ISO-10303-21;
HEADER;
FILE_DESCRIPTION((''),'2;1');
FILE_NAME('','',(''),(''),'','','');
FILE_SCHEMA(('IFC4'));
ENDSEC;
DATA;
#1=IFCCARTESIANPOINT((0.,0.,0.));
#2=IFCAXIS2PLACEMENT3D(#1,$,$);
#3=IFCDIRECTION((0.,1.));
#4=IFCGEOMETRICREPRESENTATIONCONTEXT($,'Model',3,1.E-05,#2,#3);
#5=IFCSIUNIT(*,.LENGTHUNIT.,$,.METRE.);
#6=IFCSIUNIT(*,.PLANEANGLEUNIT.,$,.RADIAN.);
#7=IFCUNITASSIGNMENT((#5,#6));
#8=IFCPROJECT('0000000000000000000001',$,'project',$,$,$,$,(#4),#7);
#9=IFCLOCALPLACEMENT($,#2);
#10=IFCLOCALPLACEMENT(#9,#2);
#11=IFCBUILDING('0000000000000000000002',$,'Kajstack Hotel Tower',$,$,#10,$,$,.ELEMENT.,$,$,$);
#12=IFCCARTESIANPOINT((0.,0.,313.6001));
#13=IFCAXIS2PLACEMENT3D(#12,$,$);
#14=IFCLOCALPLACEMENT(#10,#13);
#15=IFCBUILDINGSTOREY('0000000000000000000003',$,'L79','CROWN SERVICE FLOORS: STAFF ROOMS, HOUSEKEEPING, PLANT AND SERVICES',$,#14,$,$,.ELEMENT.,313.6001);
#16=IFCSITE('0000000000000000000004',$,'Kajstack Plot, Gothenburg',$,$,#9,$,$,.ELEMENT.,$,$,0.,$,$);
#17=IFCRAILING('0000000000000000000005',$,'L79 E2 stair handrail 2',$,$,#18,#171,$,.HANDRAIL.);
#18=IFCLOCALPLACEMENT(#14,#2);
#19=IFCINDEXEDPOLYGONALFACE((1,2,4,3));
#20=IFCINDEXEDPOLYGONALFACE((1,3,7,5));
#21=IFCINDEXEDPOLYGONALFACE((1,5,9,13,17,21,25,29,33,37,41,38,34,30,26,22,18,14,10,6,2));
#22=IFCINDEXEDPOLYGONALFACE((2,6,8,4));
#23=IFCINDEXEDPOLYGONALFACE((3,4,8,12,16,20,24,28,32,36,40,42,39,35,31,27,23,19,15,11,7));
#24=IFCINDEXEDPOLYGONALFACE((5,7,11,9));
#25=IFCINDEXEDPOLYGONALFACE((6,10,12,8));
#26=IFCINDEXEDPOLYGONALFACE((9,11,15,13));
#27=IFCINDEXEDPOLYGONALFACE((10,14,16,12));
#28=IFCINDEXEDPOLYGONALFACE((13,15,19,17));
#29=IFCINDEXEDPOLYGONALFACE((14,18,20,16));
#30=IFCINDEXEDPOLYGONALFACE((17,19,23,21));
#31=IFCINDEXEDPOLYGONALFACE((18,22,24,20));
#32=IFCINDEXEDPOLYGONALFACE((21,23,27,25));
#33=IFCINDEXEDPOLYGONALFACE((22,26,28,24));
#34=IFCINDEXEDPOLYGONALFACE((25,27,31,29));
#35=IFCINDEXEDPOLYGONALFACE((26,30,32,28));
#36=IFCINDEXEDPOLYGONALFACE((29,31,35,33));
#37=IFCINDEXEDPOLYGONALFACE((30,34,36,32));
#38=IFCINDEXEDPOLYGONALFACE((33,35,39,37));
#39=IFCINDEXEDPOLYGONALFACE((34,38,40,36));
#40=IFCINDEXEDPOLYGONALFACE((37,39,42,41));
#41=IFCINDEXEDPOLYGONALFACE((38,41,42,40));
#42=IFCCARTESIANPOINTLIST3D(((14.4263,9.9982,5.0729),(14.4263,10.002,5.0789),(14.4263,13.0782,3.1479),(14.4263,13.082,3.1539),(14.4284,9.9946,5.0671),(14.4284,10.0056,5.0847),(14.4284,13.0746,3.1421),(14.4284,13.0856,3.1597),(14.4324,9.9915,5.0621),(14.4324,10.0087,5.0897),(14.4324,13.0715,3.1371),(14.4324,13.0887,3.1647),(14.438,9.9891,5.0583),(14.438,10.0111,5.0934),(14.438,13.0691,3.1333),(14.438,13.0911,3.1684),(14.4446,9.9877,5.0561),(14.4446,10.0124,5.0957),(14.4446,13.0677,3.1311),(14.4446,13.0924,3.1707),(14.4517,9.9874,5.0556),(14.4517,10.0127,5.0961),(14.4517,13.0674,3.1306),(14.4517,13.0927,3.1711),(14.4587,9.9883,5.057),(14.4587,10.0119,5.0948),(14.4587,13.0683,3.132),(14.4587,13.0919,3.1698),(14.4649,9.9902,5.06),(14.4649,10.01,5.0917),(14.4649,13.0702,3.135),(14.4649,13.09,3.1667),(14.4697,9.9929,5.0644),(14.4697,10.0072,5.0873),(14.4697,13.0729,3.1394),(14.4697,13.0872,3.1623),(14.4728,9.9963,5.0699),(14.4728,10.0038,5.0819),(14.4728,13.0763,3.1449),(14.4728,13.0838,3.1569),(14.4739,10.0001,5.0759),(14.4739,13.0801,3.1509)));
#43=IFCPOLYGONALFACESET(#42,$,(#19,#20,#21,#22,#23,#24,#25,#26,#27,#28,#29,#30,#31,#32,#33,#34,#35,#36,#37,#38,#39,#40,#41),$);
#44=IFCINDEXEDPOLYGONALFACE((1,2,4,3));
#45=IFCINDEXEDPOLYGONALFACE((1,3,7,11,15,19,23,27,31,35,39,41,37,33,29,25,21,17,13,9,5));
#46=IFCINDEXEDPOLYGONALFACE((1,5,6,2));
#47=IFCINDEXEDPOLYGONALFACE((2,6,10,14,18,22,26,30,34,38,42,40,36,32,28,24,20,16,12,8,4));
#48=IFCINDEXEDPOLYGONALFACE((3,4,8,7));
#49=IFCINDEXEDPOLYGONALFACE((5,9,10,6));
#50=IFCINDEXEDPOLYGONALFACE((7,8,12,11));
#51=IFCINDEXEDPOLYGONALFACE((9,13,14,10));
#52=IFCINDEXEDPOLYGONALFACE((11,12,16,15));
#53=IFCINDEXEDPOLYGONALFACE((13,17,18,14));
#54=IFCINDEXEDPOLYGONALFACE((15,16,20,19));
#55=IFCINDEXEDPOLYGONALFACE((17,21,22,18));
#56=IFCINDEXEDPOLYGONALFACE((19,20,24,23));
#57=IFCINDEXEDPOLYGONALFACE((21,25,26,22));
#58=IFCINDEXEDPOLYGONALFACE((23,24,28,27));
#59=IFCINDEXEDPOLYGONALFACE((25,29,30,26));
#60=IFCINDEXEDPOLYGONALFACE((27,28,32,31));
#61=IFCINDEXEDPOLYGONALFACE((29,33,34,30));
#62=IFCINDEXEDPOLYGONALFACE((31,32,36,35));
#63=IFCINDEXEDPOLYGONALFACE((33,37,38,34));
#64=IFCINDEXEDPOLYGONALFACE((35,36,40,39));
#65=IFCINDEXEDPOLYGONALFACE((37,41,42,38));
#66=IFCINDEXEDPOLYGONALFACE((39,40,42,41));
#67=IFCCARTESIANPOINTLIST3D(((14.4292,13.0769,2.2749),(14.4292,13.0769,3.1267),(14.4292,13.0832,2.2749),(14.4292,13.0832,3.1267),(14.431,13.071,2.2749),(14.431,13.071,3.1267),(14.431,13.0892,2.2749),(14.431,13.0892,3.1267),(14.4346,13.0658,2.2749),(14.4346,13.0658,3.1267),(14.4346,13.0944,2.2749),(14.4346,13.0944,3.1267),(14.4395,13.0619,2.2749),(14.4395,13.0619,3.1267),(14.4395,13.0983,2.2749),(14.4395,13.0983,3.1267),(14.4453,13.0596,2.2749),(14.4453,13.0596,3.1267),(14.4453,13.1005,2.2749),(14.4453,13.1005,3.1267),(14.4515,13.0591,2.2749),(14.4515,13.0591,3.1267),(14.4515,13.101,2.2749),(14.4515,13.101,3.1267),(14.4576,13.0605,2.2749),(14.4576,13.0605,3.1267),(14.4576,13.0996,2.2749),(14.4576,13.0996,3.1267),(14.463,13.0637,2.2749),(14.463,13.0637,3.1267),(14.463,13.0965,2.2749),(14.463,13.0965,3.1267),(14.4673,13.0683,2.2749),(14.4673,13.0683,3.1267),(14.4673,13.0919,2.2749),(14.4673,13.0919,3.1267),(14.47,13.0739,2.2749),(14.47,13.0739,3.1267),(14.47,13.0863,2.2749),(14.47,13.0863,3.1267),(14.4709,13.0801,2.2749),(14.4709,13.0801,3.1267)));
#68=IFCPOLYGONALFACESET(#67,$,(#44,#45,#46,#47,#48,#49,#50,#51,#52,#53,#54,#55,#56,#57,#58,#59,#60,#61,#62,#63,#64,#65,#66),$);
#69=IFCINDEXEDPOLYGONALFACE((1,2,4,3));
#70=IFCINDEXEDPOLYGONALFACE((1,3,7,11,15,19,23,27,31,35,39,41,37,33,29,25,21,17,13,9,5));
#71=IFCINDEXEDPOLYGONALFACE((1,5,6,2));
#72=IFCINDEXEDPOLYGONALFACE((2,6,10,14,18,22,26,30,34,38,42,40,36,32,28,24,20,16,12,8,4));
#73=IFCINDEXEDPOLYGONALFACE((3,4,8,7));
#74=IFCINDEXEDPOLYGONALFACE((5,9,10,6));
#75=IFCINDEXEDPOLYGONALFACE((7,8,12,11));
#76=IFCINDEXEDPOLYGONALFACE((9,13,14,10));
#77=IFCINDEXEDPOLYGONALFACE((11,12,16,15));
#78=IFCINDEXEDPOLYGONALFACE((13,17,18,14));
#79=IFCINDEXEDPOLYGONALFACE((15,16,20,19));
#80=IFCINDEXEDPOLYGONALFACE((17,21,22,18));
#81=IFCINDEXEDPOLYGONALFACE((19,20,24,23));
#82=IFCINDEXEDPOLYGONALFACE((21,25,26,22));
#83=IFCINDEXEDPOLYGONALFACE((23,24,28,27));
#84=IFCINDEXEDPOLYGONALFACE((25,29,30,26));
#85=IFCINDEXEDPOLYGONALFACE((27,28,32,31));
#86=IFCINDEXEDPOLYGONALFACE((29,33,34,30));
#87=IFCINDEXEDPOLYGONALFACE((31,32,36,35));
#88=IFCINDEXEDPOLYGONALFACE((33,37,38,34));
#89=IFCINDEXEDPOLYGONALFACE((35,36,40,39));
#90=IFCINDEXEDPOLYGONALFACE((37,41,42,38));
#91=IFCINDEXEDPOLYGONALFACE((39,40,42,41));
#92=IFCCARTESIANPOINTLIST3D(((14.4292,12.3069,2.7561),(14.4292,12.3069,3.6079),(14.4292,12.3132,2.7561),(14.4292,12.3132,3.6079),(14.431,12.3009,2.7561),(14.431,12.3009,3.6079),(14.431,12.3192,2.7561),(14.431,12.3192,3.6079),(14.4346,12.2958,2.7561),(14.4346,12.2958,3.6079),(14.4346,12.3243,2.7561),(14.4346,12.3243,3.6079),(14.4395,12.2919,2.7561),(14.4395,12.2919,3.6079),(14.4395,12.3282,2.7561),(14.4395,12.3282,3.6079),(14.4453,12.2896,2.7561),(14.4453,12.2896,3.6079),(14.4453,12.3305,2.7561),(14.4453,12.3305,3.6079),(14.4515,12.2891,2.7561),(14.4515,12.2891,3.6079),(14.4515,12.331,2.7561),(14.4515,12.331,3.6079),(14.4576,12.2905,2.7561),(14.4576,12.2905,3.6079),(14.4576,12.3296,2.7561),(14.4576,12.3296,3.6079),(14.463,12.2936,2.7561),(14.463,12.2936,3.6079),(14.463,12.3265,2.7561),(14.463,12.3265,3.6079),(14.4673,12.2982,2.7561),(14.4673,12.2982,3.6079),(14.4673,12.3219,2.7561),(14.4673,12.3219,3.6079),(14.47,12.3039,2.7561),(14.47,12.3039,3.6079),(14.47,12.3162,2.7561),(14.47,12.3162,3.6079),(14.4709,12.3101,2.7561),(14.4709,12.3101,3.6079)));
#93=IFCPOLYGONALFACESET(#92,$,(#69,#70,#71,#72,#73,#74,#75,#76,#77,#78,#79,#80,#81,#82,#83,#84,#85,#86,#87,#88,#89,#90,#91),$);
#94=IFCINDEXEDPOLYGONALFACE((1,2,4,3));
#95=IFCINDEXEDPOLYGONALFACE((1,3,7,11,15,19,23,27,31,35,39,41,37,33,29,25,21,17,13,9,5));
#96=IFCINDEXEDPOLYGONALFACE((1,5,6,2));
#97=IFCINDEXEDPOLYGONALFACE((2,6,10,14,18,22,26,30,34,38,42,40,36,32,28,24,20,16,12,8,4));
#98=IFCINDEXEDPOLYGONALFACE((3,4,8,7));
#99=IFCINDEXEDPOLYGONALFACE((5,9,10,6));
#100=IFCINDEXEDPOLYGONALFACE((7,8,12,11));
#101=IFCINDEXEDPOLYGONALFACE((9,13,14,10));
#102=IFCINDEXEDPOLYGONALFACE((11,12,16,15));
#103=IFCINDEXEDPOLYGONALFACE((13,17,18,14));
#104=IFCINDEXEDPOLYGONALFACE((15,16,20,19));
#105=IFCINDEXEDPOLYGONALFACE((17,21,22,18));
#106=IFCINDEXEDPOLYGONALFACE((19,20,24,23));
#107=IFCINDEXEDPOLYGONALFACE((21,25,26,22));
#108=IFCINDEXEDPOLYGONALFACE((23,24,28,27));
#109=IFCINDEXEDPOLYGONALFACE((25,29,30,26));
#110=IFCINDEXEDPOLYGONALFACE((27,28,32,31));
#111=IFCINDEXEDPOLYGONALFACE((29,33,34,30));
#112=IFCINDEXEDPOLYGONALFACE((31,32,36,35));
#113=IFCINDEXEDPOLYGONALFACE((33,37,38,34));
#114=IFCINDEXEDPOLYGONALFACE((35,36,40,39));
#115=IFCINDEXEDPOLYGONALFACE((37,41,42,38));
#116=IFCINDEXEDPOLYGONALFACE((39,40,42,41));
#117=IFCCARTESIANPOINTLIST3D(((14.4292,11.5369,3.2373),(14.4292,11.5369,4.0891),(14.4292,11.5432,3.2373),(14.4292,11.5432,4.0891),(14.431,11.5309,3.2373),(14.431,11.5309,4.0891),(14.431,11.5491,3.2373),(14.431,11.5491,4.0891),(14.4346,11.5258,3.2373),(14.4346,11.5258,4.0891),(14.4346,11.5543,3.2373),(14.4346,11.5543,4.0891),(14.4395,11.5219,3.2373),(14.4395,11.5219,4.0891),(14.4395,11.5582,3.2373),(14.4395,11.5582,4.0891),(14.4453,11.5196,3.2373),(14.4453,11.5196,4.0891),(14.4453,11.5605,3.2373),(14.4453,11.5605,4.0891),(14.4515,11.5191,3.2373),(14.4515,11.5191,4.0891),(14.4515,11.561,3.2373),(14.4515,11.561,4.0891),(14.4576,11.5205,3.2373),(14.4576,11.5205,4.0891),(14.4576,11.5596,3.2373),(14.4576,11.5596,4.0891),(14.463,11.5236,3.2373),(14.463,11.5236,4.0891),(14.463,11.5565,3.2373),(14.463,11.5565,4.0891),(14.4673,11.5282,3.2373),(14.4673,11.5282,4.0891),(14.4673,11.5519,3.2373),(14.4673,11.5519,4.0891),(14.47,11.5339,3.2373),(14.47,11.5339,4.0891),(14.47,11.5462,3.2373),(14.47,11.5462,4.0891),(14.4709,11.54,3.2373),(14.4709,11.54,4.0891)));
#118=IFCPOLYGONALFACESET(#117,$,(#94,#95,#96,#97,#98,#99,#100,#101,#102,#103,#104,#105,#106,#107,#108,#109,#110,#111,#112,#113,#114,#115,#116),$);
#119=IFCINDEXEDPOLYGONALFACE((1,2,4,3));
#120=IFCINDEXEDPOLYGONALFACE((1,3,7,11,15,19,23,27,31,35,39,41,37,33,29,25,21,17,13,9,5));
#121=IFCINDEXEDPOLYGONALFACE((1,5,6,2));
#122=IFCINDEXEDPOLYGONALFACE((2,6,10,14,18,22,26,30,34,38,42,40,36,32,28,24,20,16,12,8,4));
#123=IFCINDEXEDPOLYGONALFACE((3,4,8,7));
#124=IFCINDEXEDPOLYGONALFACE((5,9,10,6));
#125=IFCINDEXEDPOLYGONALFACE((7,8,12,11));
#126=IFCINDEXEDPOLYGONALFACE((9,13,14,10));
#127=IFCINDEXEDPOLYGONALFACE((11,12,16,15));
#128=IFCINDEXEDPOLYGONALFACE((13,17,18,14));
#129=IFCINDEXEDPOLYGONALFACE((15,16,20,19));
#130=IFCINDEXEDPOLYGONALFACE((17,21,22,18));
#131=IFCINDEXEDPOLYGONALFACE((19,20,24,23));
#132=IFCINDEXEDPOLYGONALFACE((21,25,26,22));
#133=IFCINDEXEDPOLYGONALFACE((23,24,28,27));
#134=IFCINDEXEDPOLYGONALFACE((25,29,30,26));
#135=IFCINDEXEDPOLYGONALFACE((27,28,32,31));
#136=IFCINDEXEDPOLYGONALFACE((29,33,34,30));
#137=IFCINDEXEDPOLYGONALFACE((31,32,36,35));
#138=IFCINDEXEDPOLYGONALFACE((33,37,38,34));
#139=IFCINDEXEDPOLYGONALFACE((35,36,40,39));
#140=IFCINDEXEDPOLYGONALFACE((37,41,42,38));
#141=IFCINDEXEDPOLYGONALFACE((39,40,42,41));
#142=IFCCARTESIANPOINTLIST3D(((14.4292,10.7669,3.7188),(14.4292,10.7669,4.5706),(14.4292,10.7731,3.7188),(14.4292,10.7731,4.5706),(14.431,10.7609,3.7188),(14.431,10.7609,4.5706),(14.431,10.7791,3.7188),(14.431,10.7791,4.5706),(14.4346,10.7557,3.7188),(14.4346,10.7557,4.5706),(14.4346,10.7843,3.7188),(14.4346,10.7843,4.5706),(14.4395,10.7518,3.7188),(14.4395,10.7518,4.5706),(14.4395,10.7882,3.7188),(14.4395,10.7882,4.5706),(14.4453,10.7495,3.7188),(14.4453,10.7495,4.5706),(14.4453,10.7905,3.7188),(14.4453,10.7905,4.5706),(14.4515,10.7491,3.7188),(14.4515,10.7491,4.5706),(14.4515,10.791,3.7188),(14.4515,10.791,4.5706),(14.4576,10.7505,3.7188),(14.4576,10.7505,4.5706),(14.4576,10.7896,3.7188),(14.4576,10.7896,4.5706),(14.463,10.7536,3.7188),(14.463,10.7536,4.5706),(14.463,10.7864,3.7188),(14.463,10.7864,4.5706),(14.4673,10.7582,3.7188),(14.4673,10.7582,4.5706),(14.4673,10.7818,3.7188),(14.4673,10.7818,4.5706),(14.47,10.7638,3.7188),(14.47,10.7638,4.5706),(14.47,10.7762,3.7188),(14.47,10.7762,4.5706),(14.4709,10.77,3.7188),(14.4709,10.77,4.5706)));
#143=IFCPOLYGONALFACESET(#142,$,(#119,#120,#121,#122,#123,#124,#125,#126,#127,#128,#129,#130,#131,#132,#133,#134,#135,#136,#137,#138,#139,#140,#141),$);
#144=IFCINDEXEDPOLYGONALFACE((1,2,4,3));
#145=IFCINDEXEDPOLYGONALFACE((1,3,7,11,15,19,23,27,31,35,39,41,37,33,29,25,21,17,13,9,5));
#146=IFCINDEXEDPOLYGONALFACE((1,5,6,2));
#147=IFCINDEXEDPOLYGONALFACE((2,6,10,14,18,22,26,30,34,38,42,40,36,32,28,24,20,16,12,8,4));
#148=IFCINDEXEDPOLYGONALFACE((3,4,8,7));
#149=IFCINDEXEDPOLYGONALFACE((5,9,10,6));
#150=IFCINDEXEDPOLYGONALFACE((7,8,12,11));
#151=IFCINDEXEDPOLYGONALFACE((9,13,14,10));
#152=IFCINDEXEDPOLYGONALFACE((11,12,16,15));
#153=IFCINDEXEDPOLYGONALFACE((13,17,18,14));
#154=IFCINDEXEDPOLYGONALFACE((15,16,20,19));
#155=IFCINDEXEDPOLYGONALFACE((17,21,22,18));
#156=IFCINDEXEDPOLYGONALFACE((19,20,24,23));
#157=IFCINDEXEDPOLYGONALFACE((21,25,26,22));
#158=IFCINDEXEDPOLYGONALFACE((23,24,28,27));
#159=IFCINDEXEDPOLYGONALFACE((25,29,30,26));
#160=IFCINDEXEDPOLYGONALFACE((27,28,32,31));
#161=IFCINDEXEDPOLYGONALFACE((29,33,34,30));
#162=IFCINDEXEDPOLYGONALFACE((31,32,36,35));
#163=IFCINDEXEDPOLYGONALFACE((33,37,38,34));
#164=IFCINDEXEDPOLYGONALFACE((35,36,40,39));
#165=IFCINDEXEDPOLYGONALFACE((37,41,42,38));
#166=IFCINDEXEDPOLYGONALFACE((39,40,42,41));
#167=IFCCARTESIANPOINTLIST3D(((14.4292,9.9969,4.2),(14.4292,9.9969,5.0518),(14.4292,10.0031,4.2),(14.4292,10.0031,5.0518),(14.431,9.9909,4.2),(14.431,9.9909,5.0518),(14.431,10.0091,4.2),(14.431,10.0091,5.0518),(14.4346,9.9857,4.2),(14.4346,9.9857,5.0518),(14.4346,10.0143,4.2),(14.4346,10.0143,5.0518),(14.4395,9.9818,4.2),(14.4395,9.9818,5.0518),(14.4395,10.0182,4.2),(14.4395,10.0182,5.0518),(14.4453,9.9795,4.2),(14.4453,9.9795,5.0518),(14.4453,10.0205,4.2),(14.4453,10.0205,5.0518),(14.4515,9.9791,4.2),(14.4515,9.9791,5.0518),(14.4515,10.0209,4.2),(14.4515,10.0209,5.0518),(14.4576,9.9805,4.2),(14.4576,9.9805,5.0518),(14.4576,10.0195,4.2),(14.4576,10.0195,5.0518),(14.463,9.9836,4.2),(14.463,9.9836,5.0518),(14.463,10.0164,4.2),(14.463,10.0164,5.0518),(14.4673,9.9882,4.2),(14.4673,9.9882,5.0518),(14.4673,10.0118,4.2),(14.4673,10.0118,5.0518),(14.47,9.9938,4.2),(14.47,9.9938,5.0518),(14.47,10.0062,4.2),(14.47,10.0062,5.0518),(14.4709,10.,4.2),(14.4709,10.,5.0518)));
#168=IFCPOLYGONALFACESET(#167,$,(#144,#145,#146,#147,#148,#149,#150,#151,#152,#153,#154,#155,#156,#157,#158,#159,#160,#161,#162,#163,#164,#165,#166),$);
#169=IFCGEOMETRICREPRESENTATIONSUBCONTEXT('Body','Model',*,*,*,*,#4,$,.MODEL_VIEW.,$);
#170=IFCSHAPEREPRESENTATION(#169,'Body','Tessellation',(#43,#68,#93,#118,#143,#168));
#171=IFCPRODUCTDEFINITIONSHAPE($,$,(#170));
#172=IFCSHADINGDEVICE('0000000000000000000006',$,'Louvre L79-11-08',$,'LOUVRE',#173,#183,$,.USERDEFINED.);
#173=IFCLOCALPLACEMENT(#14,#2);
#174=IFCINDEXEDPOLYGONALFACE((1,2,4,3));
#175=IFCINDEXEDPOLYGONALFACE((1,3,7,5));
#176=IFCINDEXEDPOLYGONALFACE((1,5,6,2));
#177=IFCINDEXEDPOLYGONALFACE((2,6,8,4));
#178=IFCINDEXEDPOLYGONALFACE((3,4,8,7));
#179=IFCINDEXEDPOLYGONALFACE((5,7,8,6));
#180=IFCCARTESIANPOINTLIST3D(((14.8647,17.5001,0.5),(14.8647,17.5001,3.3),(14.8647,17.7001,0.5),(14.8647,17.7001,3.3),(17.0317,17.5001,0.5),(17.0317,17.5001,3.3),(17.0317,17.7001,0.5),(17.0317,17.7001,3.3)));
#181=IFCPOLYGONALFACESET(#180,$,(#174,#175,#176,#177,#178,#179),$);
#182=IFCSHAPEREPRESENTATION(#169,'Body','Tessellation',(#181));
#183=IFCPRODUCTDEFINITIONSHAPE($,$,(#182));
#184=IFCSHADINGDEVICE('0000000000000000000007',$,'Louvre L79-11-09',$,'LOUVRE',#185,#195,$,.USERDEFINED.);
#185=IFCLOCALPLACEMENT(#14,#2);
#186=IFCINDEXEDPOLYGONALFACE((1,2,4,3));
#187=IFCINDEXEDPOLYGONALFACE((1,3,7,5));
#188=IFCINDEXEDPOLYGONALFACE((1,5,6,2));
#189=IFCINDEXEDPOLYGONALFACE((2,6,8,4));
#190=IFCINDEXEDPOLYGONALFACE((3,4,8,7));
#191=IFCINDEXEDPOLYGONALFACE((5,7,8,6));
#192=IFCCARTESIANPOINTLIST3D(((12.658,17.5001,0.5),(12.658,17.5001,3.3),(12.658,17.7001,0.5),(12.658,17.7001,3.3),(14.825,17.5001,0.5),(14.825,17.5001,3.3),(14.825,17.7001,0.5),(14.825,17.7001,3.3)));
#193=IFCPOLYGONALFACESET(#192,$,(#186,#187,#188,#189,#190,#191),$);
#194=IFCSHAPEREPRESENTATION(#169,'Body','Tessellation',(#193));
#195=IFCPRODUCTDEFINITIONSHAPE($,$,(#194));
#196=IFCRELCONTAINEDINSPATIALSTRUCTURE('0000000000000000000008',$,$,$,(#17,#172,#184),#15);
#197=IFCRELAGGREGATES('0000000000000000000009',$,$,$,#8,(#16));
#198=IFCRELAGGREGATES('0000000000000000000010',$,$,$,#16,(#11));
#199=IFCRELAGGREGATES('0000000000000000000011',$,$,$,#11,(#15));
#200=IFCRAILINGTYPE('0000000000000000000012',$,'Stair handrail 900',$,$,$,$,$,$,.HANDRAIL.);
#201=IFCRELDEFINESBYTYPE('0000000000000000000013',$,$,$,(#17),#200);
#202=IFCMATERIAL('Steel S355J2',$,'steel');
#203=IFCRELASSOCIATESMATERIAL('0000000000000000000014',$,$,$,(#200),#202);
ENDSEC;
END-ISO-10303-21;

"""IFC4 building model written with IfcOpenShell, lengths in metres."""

from ifc_helpers import new_model, si_unit, direction, frame, origin, origin_2d, place, context, subcontext, project, spatial, rectangle, circle, extrude, material, type_object, element, save


model = new_model("IFC4")

# Units and contexts
model_context = context("Model", 3, precision=1e-05, world=origin(), true_north=direction((0.0, 1.0)))
body_context = subcontext(model_context, "Body", "Model", "MODEL_VIEW")
ifc_project = project(units=[si_unit("LENGTHUNIT", "METRE"), si_unit("PLANEANGLEUNIT", "RADIAN")], contexts=[model_context])

# Site, building, storey
site_placement = place(None, origin())
site = spatial("IfcSite", under=ifc_project, at=site_placement, Name="Kajstack Plot, Gothenburg", CompositionType="ELEMENT", RefElevation=0.0)
building_placement = place(site_placement, origin())
building = spatial("IfcBuilding", under=site, at=building_placement, Name="Kajstack Hotel Tower", CompositionType="ELEMENT")
storey_placement = place(building_placement, frame((0.0, 0.0, 313.6001)))
storey = spatial("IfcBuildingStorey", under=building, at=storey_placement, Name="L79", Description="CROWN SERVICE FLOORS: STAFF ROOMS, HOUSEKEEPING, PLANT AND SERVICES", CompositionType="ELEMENT", Elevation=313.6001)

# Railing
ifc_material_1 = material(Name="Steel S355J2", Category="steel")
railing_type_1 = type_object("IfcRailingType", Name="Stair handrail 900", PredefinedType="HANDRAIL", material=ifc_material_1)
railing_1_placement = place(storey_placement, frame((14.45, 13.0801, 2.2749)))
element("IfcRailing", 1, at=railing_1_placement, inside=storey, type_object=railing_type_1, Name="L79 E2 stair handrail 2", PredefinedType="HANDRAIL", context=body_context, shape_type="SweptSolid", body=[
    extrude(circle(Radius=0.0239, at=origin_2d()), frame((0.0, 0.0, 0.876), z_axis=(0.0, -0.847998, 0.529999), x_axis=(1.0, 0.0, 0.0)), (0.0, 0.0, 1.0), 3.6321),
    extrude(circle(Radius=0.021, at=origin_2d()), origin(), (0.0, 0.0, 1.0), 0.8518),
    extrude(circle(Radius=0.021, at=origin_2d()), frame((0.0, -0.77, 0.4812)), (0.0, 0.0, 1.0), 0.8518),
    extrude(circle(Radius=0.021, at=origin_2d()), frame((0.0, -1.54, 0.9624)), (0.0, 0.0, 1.0), 0.8518),
    extrude(circle(Radius=0.021, at=origin_2d()), frame((0.0, -2.3101, 1.4438)), (0.0, 0.0, 1.0), 0.8518),
    extrude(circle(Radius=0.021, at=origin_2d()), frame((0.0, -3.0801, 1.925)), (0.0, 0.0, 1.0), 0.8518),
])

# Shading devices
for number, where, z_axis, x_axis, name in (
    (2, (15.9482, 17.6001, 0.5), (0.0, 0.0, 1.0), (-1.0, 0.0, 0.0), "Louvre L79-11-08"),
    (3, (13.7415, 17.6001, 0.5), (0.0, 0.0, 1.0), (-1.0, 0.0, 0.0), "Louvre L79-11-09"),
):
    element("IfcShadingDevice", number, at=place(storey_placement, frame(where, z_axis=z_axis, x_axis=x_axis)), inside=storey, Name=name, ObjectType="LOUVRE", PredefinedType="USERDEFINED", context=body_context, shape_type="SweptSolid", body=[
        extrude(rectangle(XDim=2.167, YDim=0.2, at=origin_2d()), origin(), (0.0, 0.0, 1.0), 2.8),
    ])

save(model, "model.ifc")
